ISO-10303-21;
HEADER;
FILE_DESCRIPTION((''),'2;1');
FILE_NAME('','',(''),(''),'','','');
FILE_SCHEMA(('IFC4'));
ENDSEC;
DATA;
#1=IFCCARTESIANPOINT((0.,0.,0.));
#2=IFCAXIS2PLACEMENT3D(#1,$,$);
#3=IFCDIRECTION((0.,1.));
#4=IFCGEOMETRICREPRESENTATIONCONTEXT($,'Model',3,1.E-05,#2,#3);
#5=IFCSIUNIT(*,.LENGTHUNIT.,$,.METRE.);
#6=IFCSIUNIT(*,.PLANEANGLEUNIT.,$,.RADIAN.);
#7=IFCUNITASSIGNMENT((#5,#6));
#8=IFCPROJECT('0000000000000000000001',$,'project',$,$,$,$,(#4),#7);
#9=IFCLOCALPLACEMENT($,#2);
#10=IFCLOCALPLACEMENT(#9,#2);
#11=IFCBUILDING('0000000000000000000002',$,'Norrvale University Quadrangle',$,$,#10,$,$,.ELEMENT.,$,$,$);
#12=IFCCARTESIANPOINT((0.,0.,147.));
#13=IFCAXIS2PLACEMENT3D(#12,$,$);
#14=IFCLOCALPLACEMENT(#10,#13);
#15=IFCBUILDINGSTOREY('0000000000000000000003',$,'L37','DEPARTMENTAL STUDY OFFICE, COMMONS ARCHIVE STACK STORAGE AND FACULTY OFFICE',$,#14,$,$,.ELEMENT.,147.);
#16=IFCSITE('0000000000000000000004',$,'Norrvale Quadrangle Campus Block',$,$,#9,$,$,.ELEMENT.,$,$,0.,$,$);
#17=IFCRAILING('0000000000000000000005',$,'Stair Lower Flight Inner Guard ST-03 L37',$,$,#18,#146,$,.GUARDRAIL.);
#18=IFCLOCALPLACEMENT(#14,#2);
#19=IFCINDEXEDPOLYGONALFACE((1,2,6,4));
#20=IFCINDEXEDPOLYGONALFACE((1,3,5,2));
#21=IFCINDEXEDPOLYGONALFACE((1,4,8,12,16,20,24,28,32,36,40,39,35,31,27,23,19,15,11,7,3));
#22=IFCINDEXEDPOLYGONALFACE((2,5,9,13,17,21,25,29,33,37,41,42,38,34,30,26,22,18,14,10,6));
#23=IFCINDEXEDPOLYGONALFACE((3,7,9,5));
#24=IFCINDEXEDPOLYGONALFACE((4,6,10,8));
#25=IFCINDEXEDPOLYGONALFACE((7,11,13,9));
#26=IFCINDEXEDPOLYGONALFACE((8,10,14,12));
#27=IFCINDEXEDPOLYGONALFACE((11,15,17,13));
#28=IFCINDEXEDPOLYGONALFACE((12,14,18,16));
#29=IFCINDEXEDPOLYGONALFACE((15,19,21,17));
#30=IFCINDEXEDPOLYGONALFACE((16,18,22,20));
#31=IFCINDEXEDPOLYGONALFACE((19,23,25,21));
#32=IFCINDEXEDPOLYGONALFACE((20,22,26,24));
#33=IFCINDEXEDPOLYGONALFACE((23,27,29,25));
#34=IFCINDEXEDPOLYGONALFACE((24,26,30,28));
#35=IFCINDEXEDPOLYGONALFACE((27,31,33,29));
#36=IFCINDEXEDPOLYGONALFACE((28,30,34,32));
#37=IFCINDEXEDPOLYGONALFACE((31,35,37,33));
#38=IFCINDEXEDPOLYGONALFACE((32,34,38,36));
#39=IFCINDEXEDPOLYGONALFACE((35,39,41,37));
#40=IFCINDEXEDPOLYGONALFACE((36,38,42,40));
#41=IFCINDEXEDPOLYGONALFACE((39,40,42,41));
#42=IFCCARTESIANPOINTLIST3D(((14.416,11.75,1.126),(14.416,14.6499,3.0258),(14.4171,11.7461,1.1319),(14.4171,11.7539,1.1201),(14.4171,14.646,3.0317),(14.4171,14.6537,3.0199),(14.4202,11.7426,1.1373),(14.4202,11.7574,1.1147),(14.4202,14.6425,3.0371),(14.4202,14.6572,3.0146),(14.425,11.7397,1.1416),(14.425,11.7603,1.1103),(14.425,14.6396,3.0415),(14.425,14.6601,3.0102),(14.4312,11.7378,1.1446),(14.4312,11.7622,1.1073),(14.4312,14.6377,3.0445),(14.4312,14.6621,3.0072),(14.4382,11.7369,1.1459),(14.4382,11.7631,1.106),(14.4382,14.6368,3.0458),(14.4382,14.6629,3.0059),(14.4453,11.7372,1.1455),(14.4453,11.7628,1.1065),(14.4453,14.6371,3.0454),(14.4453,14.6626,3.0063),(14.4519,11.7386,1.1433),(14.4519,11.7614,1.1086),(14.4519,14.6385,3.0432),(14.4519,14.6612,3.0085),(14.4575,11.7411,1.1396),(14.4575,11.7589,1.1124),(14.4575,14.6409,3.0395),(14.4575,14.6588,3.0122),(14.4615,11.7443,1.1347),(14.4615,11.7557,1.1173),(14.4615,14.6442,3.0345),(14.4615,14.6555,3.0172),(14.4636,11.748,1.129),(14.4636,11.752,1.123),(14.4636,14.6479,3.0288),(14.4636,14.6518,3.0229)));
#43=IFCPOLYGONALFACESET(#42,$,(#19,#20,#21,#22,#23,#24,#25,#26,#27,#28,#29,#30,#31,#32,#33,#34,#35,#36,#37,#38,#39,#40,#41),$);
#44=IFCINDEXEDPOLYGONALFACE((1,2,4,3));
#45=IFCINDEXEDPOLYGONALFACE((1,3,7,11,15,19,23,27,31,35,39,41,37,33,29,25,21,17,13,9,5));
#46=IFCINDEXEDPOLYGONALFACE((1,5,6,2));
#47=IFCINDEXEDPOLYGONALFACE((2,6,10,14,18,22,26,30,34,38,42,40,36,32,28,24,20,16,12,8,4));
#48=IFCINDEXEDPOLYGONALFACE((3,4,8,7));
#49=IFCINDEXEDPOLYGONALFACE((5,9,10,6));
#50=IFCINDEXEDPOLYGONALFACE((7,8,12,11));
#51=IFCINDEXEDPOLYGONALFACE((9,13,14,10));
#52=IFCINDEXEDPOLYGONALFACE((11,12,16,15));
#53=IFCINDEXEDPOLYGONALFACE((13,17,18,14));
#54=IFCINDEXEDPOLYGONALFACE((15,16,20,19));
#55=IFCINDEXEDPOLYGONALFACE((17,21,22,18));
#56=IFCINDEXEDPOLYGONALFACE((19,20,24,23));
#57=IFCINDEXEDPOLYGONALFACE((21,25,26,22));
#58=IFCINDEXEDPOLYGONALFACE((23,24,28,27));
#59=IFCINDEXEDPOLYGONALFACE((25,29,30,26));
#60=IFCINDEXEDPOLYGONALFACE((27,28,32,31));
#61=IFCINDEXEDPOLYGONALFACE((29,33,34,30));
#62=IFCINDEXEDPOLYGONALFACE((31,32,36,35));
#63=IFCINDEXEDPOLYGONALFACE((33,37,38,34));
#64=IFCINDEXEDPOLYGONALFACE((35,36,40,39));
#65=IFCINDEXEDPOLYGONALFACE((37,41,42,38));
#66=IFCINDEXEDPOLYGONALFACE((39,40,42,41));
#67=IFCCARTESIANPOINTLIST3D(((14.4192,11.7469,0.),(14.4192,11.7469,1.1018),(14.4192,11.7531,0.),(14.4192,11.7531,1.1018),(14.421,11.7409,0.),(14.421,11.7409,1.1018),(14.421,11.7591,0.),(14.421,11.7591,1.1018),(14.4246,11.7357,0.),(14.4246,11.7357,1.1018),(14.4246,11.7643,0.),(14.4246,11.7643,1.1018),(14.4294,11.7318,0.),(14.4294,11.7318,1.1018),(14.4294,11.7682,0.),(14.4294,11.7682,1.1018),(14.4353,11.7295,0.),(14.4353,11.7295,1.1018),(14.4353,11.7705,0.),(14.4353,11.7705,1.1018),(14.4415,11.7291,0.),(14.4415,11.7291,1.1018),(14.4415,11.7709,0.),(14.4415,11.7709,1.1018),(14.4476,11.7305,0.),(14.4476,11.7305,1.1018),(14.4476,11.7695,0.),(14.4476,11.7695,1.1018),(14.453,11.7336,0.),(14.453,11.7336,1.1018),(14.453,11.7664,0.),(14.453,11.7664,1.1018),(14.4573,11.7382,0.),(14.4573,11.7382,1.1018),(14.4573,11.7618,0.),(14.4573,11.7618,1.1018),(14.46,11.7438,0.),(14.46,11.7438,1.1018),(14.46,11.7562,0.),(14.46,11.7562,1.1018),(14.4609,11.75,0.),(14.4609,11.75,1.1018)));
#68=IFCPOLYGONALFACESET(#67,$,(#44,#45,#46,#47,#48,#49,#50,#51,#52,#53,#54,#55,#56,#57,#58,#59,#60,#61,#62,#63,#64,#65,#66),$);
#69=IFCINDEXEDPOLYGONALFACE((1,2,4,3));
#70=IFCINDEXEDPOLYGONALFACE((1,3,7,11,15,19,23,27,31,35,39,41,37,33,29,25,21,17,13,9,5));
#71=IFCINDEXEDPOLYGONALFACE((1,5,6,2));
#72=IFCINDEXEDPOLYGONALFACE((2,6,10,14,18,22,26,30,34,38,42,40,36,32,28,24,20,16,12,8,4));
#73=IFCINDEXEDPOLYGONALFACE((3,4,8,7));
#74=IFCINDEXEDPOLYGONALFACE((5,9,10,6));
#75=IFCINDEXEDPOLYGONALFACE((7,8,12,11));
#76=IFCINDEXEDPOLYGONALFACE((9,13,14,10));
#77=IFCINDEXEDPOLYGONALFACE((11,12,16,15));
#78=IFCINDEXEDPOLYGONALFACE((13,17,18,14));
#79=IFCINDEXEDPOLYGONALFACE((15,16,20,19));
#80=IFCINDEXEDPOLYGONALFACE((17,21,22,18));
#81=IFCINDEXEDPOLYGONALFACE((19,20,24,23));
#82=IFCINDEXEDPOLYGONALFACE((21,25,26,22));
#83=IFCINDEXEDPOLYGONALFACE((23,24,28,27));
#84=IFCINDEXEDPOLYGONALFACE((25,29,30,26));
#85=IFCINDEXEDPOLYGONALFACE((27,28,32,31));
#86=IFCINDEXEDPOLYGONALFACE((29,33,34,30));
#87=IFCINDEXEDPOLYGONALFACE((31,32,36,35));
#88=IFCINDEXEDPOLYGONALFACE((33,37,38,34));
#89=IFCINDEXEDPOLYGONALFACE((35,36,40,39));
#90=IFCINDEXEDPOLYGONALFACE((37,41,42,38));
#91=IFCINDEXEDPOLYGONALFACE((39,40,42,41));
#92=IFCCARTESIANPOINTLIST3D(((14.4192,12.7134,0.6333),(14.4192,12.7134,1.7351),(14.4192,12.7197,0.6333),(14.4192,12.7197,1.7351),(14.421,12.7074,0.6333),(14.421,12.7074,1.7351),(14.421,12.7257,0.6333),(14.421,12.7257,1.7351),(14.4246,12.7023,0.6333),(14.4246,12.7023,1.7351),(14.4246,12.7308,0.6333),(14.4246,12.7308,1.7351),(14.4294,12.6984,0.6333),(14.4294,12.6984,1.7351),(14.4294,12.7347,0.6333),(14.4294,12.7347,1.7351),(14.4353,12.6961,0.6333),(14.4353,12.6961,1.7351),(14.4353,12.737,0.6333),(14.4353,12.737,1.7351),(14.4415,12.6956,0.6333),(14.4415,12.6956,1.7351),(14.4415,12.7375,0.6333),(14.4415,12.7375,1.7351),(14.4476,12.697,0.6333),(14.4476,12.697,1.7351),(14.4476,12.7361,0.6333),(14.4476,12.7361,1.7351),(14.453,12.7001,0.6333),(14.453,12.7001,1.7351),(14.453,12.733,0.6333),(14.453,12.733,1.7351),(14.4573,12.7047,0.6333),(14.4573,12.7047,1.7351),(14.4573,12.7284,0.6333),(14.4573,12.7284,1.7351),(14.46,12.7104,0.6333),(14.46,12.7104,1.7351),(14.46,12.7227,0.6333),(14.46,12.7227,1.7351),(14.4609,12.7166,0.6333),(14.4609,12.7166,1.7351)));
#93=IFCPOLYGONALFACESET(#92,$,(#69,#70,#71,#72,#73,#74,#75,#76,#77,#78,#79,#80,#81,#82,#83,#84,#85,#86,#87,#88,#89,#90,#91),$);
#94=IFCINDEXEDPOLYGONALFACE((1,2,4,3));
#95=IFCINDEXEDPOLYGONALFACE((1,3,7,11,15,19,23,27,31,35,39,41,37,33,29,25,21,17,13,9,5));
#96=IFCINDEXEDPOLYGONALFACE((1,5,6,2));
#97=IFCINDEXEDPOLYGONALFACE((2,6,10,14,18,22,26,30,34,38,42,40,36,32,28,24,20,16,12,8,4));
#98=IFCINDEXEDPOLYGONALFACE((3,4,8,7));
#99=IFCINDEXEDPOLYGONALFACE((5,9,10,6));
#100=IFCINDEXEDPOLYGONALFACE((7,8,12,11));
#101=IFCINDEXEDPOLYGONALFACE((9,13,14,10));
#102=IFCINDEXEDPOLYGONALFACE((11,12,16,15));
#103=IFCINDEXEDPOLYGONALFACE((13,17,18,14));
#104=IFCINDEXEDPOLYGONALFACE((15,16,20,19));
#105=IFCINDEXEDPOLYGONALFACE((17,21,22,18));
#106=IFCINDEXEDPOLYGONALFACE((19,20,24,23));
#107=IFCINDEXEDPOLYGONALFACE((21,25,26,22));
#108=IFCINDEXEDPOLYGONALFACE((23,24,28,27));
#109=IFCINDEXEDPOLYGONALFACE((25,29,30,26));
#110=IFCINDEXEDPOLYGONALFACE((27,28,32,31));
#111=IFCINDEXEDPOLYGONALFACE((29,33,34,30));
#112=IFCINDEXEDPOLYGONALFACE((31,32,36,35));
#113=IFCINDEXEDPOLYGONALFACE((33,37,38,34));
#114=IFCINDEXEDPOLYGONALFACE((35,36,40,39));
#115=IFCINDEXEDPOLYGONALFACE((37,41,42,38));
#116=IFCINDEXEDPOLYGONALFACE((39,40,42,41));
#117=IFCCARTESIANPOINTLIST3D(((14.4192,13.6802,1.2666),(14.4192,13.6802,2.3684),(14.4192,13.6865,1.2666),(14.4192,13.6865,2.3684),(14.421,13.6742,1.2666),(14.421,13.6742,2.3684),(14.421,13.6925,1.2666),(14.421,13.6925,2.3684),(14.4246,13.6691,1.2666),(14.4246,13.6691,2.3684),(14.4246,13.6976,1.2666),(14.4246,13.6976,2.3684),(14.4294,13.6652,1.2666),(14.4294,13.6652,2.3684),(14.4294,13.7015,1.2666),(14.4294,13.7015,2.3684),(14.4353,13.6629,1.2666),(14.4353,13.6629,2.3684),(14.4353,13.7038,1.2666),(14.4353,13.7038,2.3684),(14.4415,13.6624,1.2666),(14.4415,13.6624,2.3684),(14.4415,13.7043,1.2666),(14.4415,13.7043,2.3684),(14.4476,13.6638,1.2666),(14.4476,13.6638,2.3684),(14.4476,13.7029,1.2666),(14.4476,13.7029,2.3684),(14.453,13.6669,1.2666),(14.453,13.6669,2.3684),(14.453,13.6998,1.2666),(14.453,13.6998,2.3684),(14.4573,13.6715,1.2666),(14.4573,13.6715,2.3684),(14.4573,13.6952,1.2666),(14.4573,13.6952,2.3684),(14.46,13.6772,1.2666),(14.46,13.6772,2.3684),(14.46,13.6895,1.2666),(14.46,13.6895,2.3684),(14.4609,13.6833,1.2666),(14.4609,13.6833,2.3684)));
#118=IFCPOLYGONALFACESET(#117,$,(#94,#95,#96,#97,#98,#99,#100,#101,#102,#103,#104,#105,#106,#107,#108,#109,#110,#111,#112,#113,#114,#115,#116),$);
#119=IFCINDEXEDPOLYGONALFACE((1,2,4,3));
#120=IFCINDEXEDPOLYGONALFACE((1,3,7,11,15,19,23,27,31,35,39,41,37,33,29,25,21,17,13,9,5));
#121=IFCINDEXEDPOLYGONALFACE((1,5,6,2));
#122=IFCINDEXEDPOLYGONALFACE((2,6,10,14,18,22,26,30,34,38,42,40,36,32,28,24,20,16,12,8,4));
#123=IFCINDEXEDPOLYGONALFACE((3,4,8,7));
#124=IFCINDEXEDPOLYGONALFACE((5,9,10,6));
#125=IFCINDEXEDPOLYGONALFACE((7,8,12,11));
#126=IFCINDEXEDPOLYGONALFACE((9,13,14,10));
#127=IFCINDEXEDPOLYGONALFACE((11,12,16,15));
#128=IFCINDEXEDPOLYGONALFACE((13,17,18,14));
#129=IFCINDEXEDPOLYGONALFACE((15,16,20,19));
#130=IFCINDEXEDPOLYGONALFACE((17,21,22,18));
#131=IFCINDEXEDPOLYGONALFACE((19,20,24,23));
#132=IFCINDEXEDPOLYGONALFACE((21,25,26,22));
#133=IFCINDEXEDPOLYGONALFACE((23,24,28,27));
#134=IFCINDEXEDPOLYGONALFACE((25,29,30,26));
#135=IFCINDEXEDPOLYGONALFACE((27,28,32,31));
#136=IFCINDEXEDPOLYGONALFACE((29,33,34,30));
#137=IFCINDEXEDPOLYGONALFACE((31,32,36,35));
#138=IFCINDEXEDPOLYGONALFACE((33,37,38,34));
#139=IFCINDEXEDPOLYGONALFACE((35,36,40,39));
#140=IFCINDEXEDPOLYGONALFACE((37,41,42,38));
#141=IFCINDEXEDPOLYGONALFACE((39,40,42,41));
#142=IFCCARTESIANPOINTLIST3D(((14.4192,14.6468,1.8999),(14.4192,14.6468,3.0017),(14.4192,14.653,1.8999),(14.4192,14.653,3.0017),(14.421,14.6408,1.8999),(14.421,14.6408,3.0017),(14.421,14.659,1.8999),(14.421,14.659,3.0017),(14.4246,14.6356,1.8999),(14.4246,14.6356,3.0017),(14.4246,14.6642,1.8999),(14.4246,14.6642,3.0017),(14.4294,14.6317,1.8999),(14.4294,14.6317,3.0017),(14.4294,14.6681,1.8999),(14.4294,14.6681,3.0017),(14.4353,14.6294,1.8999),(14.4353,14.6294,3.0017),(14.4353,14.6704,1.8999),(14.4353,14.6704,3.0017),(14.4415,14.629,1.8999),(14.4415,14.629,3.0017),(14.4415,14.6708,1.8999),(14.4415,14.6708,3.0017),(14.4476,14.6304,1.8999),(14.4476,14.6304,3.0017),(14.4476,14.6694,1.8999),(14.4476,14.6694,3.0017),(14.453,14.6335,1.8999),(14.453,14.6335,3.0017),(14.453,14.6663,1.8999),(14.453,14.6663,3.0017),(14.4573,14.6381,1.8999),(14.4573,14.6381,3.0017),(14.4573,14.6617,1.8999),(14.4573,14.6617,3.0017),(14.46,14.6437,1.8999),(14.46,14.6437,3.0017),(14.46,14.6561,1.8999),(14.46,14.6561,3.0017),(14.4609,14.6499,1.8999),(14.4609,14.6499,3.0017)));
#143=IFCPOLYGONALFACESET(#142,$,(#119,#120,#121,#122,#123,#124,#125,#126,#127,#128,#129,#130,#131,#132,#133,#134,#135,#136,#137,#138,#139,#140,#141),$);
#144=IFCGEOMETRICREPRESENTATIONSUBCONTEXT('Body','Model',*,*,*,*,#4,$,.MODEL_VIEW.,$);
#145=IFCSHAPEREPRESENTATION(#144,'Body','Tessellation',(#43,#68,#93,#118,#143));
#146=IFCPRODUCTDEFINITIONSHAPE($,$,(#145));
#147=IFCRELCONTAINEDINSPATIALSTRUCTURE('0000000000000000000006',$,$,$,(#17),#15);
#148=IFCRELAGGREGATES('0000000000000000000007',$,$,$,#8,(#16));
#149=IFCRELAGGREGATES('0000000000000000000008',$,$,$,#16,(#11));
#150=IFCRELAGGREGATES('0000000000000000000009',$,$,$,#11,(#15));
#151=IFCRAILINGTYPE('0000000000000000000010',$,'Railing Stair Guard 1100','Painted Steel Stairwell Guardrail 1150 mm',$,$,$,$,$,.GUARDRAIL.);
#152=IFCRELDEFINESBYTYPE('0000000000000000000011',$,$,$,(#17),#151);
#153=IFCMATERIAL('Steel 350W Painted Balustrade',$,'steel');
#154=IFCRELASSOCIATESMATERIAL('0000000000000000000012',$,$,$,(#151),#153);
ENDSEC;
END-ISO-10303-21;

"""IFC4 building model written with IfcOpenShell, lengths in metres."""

from ifc_helpers import new_model, si_unit, direction, frame, origin, origin_2d, place, context, subcontext, project, spatial, circle, extrude, material, type_object, element, save


model = new_model("IFC4")

# Units and contexts
model_context = context("Model", 3, precision=1e-05, world=origin(), true_north=direction((0.0, 1.0)))
body_context = subcontext(model_context, "Body", "Model", "MODEL_VIEW")
ifc_project = project(units=[si_unit("LENGTHUNIT", "METRE"), si_unit("PLANEANGLEUNIT", "RADIAN")], contexts=[model_context])

# Site, building, storey
site_placement = place(None, origin())
site = spatial("IfcSite", under=ifc_project, at=site_placement, Name="Norrvale Quadrangle Campus Block", CompositionType="ELEMENT", RefElevation=0.0)
building_placement = place(site_placement, origin())
building = spatial("IfcBuilding", under=site, at=building_placement, Name="Norrvale University Quadrangle", CompositionType="ELEMENT")
storey_placement = place(building_placement, frame((0.0, 0.0, 147.0)))
storey = spatial("IfcBuildingStorey", under=building, at=storey_placement, Name="L37", Description="DEPARTMENTAL STUDY OFFICE, COMMONS ARCHIVE STACK STORAGE AND FACULTY OFFICE", CompositionType="ELEMENT", Elevation=147.0)

# Railing
ifc_material_1 = material(Name="Steel 350W Painted Balustrade", Category="steel")
railing_type_1 = type_object("IfcRailingType", Name="Railing Stair Guard 1100", Description="Painted Steel Stairwell Guardrail 1150 mm", PredefinedType="GUARDRAIL", material=ifc_material_1)
railing_1_placement = place(storey_placement, frame((14.4399, 11.75, 0.0)))
element("IfcRailing", 1, at=railing_1_placement, inside=storey, type_object=railing_type_1, Name="Stair Lower Flight Inner Guard ST-03 L37", PredefinedType="GUARDRAIL", context=body_context, shape_type="SweptSolid", body=[
    extrude(circle(Radius=0.0239, at=origin_2d()), frame((0.0, 0.0, 1.126), z_axis=(0.0, 0.836466, 0.548019), x_axis=(-1.0, 0.0, 0.0)), (0.0, 0.0, 1.0), 3.4668),
    extrude(circle(Radius=0.021, at=origin_2d()), origin(), (0.0, 0.0, 1.0), 1.1018),
    extrude(circle(Radius=0.021, at=origin_2d()), frame((0.0, 0.9666, 0.6333)), (0.0, 0.0, 1.0), 1.1018),
    extrude(circle(Radius=0.021, at=origin_2d()), frame((0.0, 1.9333, 1.2666)), (0.0, 0.0, 1.0), 1.1018),
    extrude(circle(Radius=0.021, at=origin_2d()), frame((0.0, 2.8999, 1.8999)), (0.0, 0.0, 1.0), 1.1018),
])

save(model, "model.ifc")
